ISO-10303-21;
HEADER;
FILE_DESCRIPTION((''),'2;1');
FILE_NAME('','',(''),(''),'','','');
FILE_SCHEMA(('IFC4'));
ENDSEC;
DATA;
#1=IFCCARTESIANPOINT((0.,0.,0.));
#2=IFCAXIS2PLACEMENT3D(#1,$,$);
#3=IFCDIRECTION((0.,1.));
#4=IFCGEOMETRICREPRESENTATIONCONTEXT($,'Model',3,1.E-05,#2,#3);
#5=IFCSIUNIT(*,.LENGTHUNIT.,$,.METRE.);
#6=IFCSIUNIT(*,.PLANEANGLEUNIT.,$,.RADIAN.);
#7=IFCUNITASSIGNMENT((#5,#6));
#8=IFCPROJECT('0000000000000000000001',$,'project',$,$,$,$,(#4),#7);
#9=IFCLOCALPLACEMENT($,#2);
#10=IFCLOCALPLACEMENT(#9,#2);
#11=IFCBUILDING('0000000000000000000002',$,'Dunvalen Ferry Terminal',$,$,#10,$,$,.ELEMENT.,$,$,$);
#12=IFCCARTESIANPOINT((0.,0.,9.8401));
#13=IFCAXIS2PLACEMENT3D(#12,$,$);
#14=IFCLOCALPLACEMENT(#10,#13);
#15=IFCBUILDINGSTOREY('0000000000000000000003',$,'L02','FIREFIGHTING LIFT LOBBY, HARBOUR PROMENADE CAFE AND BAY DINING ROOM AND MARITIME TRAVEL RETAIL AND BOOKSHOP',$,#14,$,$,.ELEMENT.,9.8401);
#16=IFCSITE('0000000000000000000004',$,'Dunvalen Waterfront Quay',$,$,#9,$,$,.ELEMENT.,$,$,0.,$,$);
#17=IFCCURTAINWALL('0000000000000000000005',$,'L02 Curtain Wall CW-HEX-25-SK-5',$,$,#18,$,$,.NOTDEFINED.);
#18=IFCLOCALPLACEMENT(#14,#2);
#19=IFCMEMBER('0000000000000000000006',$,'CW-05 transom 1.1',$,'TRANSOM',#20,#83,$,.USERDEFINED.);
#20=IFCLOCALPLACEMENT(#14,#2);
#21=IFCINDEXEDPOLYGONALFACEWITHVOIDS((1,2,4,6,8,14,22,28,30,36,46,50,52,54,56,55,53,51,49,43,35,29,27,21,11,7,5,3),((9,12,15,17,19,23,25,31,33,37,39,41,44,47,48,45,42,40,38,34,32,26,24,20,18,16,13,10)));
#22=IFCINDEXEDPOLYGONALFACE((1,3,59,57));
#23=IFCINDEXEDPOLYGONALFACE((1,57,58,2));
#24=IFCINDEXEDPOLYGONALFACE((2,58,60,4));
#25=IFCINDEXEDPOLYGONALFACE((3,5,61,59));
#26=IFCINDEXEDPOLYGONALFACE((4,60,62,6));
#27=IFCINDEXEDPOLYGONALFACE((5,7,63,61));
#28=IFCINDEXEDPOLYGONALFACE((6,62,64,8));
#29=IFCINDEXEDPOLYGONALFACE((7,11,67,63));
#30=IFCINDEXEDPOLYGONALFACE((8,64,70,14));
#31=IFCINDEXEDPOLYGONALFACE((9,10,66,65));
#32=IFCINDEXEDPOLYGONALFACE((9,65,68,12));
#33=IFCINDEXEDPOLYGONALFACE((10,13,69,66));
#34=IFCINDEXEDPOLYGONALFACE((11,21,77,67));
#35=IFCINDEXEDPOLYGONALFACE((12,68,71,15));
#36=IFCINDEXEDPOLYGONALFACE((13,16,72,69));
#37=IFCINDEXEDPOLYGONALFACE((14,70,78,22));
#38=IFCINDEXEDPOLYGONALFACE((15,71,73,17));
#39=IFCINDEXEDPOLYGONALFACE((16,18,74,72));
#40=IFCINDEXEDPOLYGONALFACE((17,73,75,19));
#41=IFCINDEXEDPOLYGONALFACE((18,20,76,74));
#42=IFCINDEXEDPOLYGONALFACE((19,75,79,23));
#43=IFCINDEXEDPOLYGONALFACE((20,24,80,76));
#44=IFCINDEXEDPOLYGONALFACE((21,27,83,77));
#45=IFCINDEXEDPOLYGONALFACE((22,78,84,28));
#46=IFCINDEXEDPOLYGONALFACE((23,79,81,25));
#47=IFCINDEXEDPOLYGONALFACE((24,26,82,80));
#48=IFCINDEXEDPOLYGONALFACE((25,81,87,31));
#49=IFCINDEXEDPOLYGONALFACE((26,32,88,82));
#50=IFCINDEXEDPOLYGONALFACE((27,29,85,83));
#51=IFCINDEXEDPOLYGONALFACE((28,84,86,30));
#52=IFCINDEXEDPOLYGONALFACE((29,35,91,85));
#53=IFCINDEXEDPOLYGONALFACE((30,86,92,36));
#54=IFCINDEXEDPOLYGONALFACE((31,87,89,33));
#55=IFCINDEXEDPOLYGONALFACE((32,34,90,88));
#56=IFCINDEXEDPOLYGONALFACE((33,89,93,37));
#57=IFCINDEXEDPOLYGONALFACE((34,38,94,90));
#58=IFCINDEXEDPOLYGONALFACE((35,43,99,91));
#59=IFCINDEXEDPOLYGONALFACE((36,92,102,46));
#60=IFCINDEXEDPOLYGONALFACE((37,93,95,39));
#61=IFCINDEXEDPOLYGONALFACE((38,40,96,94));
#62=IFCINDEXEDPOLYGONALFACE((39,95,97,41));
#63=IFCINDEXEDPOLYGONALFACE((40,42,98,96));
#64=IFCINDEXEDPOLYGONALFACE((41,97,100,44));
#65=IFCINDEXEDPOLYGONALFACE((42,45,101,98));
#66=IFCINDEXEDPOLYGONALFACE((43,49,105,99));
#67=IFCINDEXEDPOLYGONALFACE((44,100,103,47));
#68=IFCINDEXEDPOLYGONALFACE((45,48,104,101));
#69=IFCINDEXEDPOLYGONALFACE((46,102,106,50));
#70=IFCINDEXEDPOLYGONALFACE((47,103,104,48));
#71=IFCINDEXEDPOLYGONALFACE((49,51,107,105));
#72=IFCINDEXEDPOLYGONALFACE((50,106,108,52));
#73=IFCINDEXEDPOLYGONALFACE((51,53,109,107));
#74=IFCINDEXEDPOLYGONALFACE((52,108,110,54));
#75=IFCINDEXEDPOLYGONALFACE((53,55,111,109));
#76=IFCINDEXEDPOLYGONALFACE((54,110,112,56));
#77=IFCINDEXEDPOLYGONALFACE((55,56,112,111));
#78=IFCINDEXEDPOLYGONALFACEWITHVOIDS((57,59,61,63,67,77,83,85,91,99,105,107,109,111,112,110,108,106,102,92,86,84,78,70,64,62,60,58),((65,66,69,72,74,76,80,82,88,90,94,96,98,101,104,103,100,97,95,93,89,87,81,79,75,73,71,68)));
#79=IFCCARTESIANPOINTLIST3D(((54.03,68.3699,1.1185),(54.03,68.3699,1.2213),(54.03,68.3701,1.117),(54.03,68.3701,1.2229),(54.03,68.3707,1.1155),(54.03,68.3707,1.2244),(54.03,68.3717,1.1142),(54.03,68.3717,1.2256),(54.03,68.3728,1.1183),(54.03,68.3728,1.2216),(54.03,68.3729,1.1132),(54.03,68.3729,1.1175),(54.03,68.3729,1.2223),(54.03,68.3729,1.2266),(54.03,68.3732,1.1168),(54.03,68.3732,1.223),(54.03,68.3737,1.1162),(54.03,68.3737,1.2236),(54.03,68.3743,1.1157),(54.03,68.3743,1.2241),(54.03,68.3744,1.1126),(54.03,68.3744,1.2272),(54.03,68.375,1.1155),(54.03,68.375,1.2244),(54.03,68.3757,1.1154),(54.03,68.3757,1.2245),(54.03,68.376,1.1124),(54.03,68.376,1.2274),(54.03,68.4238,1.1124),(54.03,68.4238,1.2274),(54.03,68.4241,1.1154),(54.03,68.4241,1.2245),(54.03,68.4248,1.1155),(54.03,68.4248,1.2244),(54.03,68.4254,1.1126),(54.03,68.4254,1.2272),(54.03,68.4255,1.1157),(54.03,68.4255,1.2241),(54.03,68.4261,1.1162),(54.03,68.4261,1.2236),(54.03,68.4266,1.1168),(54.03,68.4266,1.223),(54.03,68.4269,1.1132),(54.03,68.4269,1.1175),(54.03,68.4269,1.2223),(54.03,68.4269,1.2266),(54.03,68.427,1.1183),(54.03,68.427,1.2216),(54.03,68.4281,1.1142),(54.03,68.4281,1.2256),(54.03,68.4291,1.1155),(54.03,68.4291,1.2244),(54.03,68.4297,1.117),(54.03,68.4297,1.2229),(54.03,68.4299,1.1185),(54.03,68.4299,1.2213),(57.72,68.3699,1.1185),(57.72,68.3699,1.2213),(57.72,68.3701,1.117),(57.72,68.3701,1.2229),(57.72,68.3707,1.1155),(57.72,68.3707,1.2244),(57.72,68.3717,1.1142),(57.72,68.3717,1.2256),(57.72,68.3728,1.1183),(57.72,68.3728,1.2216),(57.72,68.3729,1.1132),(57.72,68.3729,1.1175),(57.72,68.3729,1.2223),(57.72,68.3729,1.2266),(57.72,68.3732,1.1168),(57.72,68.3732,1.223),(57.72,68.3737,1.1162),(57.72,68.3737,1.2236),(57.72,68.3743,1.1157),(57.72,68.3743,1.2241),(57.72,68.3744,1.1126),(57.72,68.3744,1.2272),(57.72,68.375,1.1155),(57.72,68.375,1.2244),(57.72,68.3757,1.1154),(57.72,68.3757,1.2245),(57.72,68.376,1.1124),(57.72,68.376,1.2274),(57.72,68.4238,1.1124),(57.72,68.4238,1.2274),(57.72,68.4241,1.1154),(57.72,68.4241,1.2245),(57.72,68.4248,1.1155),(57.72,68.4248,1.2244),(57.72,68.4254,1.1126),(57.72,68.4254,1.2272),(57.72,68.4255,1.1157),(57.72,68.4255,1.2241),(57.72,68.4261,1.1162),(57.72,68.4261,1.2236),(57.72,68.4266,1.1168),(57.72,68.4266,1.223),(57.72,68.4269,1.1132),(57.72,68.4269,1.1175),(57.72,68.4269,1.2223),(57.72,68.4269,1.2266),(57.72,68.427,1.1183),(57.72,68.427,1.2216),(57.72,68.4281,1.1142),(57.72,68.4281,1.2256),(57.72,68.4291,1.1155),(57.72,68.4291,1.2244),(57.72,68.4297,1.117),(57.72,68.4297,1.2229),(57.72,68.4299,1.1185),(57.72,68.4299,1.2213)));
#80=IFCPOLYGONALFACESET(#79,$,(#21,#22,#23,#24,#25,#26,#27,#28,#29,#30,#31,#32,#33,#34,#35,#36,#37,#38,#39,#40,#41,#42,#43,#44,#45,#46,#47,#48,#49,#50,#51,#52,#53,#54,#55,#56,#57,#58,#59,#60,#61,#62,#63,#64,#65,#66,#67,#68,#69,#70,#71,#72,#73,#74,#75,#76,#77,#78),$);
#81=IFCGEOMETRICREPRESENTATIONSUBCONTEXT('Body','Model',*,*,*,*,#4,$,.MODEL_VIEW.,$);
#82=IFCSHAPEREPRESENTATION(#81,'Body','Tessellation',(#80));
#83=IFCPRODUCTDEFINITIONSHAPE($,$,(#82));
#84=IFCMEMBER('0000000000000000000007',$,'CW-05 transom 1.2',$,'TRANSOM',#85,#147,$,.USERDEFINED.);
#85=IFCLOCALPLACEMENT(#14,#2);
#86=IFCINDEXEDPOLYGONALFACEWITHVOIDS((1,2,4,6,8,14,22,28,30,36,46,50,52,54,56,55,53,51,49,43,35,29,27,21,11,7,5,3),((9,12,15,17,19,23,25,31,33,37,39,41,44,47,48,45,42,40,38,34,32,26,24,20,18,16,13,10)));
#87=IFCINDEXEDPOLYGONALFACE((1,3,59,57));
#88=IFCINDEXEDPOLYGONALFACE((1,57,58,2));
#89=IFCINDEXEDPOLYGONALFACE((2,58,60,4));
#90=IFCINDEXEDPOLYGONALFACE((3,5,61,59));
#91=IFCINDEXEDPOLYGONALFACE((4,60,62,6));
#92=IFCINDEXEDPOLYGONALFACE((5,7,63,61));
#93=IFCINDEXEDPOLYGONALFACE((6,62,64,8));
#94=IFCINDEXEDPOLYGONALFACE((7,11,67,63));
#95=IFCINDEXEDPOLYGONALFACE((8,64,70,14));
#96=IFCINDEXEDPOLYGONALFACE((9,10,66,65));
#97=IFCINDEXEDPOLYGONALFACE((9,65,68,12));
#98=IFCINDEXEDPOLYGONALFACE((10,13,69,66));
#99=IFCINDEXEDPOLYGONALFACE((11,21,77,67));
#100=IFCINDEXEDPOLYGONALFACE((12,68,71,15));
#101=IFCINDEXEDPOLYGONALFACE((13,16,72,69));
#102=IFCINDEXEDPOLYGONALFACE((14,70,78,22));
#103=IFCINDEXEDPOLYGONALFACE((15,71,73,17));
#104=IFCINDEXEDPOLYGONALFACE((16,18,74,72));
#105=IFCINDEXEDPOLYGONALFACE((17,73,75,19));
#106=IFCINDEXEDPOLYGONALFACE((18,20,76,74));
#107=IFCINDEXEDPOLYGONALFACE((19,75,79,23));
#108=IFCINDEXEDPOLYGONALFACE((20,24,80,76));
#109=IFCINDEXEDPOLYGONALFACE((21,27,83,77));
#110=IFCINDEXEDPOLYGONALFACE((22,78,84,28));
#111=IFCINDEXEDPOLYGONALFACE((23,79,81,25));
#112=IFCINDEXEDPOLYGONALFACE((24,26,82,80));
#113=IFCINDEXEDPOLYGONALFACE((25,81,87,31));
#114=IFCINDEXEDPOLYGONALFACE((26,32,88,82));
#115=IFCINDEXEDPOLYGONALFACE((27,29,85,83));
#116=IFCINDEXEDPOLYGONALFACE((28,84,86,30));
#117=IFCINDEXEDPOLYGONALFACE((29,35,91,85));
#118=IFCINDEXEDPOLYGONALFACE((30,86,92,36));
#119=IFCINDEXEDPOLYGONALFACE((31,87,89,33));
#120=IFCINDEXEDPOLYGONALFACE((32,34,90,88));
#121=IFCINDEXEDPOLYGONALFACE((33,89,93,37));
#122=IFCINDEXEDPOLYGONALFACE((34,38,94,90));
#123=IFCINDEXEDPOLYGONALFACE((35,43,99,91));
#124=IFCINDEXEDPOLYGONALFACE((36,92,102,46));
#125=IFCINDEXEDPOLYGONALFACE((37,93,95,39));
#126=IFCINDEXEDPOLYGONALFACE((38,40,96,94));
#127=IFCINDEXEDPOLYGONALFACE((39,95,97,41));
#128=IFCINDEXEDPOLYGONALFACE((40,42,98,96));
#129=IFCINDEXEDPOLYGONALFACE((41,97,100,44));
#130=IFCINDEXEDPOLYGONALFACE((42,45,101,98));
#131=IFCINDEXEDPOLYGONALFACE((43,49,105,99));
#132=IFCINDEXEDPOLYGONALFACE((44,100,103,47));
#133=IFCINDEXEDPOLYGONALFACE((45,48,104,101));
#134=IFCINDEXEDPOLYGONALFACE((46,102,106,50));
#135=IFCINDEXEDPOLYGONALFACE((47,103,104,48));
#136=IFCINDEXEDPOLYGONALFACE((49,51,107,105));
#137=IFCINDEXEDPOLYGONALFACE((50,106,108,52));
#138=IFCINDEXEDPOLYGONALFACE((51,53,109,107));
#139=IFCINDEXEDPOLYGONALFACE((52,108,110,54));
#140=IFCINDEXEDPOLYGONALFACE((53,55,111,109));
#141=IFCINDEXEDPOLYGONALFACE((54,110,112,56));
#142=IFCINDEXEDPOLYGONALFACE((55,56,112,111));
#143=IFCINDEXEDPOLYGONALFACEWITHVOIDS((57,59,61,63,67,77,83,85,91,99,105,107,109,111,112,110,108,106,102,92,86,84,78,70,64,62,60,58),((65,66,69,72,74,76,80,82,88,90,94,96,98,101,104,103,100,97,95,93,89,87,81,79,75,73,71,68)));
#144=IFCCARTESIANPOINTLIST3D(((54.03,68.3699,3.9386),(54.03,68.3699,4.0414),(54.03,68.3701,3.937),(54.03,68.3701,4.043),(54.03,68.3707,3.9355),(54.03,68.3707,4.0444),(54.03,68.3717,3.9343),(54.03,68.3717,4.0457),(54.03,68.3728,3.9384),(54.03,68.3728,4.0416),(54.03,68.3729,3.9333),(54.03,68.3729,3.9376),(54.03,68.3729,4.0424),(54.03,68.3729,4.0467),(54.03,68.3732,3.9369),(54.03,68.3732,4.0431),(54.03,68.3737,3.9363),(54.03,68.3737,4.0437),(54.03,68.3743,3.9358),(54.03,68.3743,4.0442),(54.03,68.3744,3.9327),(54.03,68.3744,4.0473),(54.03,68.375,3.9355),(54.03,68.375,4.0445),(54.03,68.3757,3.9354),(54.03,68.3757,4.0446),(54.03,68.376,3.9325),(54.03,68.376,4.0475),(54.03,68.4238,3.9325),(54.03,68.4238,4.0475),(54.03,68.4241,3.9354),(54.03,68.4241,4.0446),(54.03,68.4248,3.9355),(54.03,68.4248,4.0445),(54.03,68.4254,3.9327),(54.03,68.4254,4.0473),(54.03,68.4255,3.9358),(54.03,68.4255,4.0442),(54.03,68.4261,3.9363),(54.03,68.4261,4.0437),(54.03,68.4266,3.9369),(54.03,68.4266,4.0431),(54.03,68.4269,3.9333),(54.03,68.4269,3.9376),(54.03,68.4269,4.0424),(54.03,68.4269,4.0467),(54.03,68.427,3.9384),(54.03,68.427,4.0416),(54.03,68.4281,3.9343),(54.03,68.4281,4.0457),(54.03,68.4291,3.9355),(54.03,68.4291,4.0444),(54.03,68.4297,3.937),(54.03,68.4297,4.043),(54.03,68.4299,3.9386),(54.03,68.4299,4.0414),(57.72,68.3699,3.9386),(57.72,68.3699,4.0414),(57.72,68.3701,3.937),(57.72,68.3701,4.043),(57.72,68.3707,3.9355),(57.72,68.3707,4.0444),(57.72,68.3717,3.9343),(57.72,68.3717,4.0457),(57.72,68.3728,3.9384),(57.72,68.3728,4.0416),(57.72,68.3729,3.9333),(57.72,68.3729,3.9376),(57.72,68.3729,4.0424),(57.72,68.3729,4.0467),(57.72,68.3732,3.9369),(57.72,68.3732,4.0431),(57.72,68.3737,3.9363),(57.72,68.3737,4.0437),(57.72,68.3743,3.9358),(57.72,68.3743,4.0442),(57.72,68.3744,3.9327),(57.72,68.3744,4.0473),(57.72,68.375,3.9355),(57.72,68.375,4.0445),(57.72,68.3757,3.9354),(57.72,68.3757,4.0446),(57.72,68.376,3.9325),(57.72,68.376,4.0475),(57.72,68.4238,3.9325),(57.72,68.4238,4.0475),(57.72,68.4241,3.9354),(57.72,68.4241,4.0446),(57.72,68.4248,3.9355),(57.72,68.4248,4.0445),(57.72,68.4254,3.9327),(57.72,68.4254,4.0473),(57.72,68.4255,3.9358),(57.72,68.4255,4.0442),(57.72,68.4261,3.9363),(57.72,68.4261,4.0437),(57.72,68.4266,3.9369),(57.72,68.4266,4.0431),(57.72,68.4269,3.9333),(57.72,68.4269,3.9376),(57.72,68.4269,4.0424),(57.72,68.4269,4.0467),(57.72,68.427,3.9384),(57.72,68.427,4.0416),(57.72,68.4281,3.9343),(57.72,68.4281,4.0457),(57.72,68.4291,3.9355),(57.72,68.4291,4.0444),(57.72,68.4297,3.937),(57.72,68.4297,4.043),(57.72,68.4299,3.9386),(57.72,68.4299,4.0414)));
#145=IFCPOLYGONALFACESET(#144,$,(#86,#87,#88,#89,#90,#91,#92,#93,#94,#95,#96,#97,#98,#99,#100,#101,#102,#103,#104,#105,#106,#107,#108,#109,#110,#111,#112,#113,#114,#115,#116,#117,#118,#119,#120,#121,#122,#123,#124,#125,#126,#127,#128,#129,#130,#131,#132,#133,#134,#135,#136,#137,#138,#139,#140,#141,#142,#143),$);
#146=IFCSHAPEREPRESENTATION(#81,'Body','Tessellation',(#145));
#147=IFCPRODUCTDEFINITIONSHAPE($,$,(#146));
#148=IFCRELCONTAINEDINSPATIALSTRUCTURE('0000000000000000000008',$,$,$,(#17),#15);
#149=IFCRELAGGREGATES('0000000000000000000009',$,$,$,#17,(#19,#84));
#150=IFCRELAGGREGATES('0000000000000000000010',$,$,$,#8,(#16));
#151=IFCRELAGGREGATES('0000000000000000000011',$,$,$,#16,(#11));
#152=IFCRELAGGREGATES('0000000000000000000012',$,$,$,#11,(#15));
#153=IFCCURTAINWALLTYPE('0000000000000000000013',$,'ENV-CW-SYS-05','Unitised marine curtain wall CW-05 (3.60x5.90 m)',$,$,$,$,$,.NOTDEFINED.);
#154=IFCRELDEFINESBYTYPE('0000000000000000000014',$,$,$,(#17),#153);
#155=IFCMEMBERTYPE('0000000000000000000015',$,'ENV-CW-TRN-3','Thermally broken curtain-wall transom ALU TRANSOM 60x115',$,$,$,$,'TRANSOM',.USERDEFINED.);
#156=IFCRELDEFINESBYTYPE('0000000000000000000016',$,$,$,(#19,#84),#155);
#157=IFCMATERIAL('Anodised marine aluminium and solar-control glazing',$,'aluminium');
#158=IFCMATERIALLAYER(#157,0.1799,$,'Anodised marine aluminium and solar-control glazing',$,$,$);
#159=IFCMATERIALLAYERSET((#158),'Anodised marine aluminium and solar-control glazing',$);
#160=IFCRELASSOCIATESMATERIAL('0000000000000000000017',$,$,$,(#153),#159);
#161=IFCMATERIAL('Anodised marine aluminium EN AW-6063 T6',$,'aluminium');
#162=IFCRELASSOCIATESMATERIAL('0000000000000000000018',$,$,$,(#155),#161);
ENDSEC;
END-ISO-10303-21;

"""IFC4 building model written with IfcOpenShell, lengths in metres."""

from ifc_helpers import new_model, si_unit, direction, frame, origin, origin_2d, place, context, subcontext, project, spatial, hollow_rectangle, extrude, material, layer, layer_set, material_profile, profile_set, type_object, element, aggregate, save


model = new_model("IFC4")

# Units and contexts
model_context = context("Model", 3, precision=1e-05, world=origin(), true_north=direction((0.0, 1.0)))
body_context = subcontext(model_context, "Body", "Model", "MODEL_VIEW")
ifc_project = project(units=[si_unit("LENGTHUNIT", "METRE"), si_unit("PLANEANGLEUNIT", "RADIAN")], contexts=[model_context])

# Site, building, storey
site_placement = place(None, origin())
site = spatial("IfcSite", under=ifc_project, at=site_placement, Name="Dunvalen Waterfront Quay", CompositionType="ELEMENT", RefElevation=0.0)
building_placement = place(site_placement, origin())
building = spatial("IfcBuilding", under=site, at=building_placement, Name="Dunvalen Ferry Terminal", CompositionType="ELEMENT")
storey_placement = place(building_placement, frame((0.0, 0.0, 9.8401)))
storey = spatial("IfcBuildingStorey", under=building, at=storey_placement, Name="L02", Description="FIREFIGHTING LIFT LOBBY, HARBOUR PROMENADE CAFE AND BAY DINING ROOM AND MARITIME TRAVEL RETAIL AND BOOKSHOP", CompositionType="ELEMENT", Elevation=9.8401)

# Shared definitions
ifc_material_1 = material(Name="Anodised marine aluminium and solar-control glazing", Category="aluminium")
ifc_material_2 = material(Name="Anodised marine aluminium EN AW-6063 T6", Category="aluminium")

# Curtain wall, members
ifc_layer_1 = layer(ifc_material_1, 0.1799, Name="Anodised marine aluminium and solar-control glazing")
ifc_layer_set_1 = layer_set([ifc_layer_1], Name="Anodised marine aluminium and solar-control glazing")
curtain_wall_type_1 = type_object("IfcCurtainWallType", Name="ENV-CW-SYS-05", Description="Unitised marine curtain wall CW-05 (3.60x5.90 m)", PredefinedType="NOTDEFINED", material=ifc_layer_set_1)
curtain_wall_1_placement = place(storey_placement, origin())
curtain_wall_1 = element("IfcCurtainWall", 1, at=curtain_wall_1_placement, inside=storey, type_object=curtain_wall_type_1, Name="L02 Curtain Wall CW-HEX-25-SK-5", PredefinedType="NOTDEFINED")
ifc_material_profile_1 = material_profile(ifc_material_2, hollow_rectangle(XDim=0.0601, YDim=0.115, WallThickness=0.0029, InnerFilletRadius=0.0029, OuterFilletRadius=0.0061, at=origin_2d()), Name="Anodised marine aluminium EN AW-6063 T6")
ifc_profile_set_1 = profile_set([ifc_material_profile_1], Name="Anodised marine aluminium EN AW-6063 T6")
member_type_1 = type_object("IfcMemberType", Name="ENV-CW-TRN-3", Description="Thermally broken curtain-wall transom ALU TRANSOM 60x115", ElementType="TRANSOM", PredefinedType="USERDEFINED", material=ifc_profile_set_1)
member_1_placement = place(storey_placement, frame((57.72, 68.3999, 1.1699), z_axis=(-1.0, 0.0, 0.0), x_axis=(0.0, -1.0, 0.0)))
member_1 = element("IfcMember", 2, at=member_1_placement, type_object=member_type_1, Name="CW-05 transom 1.1", ObjectType="TRANSOM", PredefinedType="USERDEFINED", context=body_context, shape_type="SweptSolid", body=[
    extrude(hollow_rectangle(XDim=0.0601, YDim=0.115, WallThickness=0.0029, InnerFilletRadius=0.0029, OuterFilletRadius=0.0061, at=origin_2d()), origin(), (0.0, 0.0, 1.0), 3.6899),
])
member_2_placement = place(storey_placement, frame((57.72, 68.3999, 3.99), z_axis=(-1.0, 0.0, 0.0), x_axis=(0.0, -1.0, 0.0)))
member_2 = element("IfcMember", 3, at=member_2_placement, type_object=member_type_1, Name="CW-05 transom 1.2", ObjectType="TRANSOM", PredefinedType="USERDEFINED", context=body_context, shape_type="SweptSolid", body=[
    extrude(hollow_rectangle(XDim=0.0601, YDim=0.115, WallThickness=0.0029, InnerFilletRadius=0.0029, OuterFilletRadius=0.0061, at=origin_2d()), origin(), (0.0, 0.0, 1.0), 3.6899),
])

aggregate(curtain_wall_1, [member_1, member_2])

save(model, "model.ifc")
